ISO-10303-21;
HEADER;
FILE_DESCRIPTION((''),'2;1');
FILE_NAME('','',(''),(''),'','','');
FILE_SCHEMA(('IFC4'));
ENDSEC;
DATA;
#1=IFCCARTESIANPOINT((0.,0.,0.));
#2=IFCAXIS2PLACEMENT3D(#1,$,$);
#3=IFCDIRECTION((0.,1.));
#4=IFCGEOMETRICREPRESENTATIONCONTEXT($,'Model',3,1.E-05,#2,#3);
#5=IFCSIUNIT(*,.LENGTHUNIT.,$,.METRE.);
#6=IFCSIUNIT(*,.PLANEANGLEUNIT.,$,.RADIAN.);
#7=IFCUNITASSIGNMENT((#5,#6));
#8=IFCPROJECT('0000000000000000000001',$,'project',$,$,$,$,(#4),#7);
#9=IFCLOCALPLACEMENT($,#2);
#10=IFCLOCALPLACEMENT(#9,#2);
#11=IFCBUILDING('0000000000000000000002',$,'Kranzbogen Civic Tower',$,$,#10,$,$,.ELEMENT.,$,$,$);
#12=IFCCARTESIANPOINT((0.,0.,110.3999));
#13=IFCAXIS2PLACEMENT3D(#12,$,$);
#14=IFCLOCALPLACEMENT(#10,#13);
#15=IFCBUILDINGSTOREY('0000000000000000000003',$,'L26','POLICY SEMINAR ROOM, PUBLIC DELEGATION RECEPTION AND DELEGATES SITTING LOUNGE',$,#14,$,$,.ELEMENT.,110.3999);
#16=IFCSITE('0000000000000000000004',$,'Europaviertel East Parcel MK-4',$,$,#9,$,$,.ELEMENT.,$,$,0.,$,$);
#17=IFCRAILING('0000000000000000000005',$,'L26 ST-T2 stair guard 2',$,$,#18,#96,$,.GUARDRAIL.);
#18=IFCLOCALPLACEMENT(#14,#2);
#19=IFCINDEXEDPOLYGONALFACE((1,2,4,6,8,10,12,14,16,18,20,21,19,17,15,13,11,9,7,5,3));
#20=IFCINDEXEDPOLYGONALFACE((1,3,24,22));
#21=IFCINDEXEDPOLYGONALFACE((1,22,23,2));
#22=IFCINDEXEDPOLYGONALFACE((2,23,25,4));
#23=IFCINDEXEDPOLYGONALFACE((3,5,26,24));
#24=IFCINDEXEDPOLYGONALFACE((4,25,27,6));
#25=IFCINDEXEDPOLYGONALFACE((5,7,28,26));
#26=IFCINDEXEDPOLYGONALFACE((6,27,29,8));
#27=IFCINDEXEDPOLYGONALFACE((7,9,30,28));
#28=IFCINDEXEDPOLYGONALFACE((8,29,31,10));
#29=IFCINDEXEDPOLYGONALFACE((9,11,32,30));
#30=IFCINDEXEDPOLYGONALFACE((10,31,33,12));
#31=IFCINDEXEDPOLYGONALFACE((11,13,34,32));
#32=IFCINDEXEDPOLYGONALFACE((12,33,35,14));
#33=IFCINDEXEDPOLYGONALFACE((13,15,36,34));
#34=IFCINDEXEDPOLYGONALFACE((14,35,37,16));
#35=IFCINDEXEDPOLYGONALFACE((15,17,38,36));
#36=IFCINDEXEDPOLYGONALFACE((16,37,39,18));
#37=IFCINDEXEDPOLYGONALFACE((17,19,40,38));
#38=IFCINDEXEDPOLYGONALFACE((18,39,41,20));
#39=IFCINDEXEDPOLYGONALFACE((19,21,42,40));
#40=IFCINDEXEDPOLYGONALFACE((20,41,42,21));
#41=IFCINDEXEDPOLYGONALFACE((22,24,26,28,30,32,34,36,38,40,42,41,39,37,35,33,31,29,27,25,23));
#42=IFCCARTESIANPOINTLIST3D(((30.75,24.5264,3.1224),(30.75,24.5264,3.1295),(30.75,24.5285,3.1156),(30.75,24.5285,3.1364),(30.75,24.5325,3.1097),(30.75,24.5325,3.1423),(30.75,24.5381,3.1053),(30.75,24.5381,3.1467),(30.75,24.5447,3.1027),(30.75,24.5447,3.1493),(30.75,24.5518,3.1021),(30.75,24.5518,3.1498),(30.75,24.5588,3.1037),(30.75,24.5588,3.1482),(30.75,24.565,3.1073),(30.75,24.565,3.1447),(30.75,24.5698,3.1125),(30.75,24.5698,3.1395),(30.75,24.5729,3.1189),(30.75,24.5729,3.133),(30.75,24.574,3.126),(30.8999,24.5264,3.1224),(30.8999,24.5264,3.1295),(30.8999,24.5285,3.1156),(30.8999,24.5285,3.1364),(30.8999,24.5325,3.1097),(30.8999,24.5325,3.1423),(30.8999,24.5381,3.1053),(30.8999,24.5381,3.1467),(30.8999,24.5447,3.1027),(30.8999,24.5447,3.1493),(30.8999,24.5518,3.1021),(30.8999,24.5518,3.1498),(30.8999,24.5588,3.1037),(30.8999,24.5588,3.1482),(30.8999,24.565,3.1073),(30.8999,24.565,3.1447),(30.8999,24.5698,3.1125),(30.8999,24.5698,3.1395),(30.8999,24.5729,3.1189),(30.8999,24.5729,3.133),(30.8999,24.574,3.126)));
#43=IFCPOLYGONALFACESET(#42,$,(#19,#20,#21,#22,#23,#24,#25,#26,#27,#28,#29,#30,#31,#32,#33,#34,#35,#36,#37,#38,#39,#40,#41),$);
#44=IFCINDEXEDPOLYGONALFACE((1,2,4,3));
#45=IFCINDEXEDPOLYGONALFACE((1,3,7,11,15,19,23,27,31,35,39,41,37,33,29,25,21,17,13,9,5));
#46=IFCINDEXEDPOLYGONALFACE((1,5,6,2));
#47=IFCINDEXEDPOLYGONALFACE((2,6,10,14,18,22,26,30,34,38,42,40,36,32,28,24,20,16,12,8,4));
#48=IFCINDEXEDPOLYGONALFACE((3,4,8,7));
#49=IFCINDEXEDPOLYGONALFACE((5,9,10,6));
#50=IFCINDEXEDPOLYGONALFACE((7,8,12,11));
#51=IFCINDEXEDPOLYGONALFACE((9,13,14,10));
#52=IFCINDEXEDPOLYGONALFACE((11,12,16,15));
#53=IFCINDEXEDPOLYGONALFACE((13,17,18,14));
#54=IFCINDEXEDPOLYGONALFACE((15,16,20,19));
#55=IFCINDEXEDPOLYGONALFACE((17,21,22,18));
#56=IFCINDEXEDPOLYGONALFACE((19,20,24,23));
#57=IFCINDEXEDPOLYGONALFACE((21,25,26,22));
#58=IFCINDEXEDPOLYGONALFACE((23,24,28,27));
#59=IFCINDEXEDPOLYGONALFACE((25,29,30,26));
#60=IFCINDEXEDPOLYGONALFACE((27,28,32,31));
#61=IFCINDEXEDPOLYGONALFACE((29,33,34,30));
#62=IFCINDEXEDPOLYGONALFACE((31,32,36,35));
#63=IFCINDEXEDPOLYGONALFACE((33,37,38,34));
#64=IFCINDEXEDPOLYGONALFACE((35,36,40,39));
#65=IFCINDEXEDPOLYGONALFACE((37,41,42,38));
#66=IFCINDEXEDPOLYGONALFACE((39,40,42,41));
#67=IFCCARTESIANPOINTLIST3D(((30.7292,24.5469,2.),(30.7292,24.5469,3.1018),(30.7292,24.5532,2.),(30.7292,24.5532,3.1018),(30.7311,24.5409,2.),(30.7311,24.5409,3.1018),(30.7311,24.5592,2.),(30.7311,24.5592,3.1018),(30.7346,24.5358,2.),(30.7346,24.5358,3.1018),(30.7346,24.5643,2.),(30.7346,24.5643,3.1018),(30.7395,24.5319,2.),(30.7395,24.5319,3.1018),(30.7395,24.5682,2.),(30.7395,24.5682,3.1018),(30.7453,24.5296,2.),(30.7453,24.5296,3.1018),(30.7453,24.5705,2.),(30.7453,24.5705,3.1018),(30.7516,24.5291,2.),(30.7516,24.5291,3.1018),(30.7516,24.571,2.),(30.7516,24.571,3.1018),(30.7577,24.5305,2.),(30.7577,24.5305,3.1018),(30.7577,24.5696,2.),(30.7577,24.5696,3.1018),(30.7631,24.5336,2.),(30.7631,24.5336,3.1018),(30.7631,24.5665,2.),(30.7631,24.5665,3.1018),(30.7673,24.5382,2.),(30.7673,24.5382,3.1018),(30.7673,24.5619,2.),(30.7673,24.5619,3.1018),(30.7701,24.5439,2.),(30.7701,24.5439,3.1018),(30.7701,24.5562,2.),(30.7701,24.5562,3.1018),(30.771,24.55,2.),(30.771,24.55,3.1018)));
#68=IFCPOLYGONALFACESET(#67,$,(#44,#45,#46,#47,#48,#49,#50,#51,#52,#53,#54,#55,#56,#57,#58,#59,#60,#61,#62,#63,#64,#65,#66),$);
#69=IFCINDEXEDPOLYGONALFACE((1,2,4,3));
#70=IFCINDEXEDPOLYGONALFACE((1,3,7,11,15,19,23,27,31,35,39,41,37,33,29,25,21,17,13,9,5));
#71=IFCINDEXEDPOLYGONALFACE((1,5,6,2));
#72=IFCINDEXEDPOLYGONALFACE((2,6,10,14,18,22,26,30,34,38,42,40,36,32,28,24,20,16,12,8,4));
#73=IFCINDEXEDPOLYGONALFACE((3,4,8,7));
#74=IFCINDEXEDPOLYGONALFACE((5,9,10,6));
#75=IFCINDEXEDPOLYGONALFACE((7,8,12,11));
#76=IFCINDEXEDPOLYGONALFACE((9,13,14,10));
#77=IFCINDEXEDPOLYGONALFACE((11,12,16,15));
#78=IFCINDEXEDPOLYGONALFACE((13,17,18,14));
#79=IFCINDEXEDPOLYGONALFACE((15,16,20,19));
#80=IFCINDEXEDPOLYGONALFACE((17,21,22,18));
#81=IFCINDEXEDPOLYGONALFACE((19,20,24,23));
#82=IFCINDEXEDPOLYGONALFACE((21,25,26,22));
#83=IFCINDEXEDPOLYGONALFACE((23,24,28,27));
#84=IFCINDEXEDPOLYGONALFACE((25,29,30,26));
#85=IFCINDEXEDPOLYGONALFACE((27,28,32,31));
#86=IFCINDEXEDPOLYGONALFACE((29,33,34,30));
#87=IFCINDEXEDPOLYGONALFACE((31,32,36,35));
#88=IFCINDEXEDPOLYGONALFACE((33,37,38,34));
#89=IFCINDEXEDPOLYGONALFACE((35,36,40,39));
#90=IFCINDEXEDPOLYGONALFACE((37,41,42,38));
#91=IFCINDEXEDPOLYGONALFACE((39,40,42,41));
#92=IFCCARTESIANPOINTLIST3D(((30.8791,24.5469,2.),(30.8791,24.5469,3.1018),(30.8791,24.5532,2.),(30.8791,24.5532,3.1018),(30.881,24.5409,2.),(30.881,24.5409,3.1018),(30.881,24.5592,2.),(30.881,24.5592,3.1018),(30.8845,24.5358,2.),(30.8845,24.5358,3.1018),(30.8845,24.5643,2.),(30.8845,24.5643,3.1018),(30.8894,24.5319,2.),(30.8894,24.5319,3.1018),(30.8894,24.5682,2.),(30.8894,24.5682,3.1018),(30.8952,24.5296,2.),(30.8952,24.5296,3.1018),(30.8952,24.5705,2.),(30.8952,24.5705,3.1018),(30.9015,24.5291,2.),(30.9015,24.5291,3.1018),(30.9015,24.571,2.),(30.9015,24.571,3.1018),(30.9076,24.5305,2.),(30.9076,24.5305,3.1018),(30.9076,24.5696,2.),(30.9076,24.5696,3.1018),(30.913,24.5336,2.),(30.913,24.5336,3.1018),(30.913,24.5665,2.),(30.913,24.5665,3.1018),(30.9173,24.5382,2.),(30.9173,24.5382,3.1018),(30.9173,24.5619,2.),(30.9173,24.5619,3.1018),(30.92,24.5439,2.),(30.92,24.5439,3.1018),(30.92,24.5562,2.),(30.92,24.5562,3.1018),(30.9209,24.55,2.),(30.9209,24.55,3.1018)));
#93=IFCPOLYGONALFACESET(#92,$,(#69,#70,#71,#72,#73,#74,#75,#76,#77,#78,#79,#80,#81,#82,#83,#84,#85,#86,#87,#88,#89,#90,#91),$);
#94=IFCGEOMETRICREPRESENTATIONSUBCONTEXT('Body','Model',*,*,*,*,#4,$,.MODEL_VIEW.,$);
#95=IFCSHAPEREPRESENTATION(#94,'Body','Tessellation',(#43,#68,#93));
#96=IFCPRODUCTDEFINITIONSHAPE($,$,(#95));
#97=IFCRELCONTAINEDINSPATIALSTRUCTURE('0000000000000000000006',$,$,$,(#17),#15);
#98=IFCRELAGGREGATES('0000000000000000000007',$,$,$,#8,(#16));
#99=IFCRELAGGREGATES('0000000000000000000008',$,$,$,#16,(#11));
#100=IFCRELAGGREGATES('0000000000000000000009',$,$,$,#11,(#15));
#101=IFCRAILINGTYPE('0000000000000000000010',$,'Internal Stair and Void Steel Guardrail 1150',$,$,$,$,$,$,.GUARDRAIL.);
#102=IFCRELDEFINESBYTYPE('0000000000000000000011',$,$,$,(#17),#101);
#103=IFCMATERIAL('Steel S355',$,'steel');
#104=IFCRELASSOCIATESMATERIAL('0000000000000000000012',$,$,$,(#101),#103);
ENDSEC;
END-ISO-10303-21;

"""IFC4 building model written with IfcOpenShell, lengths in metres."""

from ifc_helpers import new_model, si_unit, direction, frame, origin, origin_2d, place, context, subcontext, project, spatial, circle, extrude, material, type_object, element, save


model = new_model("IFC4")

# Units and contexts
model_context = context("Model", 3, precision=1e-05, world=origin(), true_north=direction((0.0, 1.0)))
body_context = subcontext(model_context, "Body", "Model", "MODEL_VIEW")
ifc_project = project(units=[si_unit("LENGTHUNIT", "METRE"), si_unit("PLANEANGLEUNIT", "RADIAN")], contexts=[model_context])

# Site, building, storey
site_placement = place(None, origin())
site = spatial("IfcSite", under=ifc_project, at=site_placement, Name="Europaviertel East Parcel MK-4", CompositionType="ELEMENT", RefElevation=0.0)
building_placement = place(site_placement, origin())
building = spatial("IfcBuilding", under=site, at=building_placement, Name="Kranzbogen Civic Tower", CompositionType="ELEMENT")
storey_placement = place(building_placement, frame((0.0, 0.0, 110.3999)))
storey = spatial("IfcBuildingStorey", under=building, at=storey_placement, Name="L26", Description="POLICY SEMINAR ROOM, PUBLIC DELEGATION RECEPTION AND DELEGATES SITTING LOUNGE", CompositionType="ELEMENT", Elevation=110.3999)

# Shared definitions
ifc_material_1 = material(Name="Steel S355", Category="steel")

# Railing
railing_type = type_object("IfcRailingType", Name="Internal Stair and Void Steel Guardrail 1150", PredefinedType="GUARDRAIL", material=ifc_material_1)
railing_placement = place(storey_placement, frame((30.75, 24.55, 2.0)))
element("IfcRailing", 1, at=railing_placement, inside=storey, type_object=railing_type, Name="L26 ST-T2 stair guard 2", PredefinedType="GUARDRAIL", context=body_context, shape_type="SweptSolid", body=[
    extrude(circle(Radius=0.0239, at=origin_2d()), frame((0.0, 0.0, 1.126), z_axis=(1.0, 0.0, 0.0), x_axis=(0.0, 1.0, 0.0)), (0.0, 0.0, 1.0), 0.1499),
    extrude(circle(Radius=0.021, at=origin_2d()), origin(), (0.0, 0.0, 1.0), 1.1018),
    extrude(circle(Radius=0.021, at=origin_2d()), frame((0.1499, 0.0, 0.0)), (0.0, 0.0, 1.0), 1.1018),
])

save(model, "model.ifc")
